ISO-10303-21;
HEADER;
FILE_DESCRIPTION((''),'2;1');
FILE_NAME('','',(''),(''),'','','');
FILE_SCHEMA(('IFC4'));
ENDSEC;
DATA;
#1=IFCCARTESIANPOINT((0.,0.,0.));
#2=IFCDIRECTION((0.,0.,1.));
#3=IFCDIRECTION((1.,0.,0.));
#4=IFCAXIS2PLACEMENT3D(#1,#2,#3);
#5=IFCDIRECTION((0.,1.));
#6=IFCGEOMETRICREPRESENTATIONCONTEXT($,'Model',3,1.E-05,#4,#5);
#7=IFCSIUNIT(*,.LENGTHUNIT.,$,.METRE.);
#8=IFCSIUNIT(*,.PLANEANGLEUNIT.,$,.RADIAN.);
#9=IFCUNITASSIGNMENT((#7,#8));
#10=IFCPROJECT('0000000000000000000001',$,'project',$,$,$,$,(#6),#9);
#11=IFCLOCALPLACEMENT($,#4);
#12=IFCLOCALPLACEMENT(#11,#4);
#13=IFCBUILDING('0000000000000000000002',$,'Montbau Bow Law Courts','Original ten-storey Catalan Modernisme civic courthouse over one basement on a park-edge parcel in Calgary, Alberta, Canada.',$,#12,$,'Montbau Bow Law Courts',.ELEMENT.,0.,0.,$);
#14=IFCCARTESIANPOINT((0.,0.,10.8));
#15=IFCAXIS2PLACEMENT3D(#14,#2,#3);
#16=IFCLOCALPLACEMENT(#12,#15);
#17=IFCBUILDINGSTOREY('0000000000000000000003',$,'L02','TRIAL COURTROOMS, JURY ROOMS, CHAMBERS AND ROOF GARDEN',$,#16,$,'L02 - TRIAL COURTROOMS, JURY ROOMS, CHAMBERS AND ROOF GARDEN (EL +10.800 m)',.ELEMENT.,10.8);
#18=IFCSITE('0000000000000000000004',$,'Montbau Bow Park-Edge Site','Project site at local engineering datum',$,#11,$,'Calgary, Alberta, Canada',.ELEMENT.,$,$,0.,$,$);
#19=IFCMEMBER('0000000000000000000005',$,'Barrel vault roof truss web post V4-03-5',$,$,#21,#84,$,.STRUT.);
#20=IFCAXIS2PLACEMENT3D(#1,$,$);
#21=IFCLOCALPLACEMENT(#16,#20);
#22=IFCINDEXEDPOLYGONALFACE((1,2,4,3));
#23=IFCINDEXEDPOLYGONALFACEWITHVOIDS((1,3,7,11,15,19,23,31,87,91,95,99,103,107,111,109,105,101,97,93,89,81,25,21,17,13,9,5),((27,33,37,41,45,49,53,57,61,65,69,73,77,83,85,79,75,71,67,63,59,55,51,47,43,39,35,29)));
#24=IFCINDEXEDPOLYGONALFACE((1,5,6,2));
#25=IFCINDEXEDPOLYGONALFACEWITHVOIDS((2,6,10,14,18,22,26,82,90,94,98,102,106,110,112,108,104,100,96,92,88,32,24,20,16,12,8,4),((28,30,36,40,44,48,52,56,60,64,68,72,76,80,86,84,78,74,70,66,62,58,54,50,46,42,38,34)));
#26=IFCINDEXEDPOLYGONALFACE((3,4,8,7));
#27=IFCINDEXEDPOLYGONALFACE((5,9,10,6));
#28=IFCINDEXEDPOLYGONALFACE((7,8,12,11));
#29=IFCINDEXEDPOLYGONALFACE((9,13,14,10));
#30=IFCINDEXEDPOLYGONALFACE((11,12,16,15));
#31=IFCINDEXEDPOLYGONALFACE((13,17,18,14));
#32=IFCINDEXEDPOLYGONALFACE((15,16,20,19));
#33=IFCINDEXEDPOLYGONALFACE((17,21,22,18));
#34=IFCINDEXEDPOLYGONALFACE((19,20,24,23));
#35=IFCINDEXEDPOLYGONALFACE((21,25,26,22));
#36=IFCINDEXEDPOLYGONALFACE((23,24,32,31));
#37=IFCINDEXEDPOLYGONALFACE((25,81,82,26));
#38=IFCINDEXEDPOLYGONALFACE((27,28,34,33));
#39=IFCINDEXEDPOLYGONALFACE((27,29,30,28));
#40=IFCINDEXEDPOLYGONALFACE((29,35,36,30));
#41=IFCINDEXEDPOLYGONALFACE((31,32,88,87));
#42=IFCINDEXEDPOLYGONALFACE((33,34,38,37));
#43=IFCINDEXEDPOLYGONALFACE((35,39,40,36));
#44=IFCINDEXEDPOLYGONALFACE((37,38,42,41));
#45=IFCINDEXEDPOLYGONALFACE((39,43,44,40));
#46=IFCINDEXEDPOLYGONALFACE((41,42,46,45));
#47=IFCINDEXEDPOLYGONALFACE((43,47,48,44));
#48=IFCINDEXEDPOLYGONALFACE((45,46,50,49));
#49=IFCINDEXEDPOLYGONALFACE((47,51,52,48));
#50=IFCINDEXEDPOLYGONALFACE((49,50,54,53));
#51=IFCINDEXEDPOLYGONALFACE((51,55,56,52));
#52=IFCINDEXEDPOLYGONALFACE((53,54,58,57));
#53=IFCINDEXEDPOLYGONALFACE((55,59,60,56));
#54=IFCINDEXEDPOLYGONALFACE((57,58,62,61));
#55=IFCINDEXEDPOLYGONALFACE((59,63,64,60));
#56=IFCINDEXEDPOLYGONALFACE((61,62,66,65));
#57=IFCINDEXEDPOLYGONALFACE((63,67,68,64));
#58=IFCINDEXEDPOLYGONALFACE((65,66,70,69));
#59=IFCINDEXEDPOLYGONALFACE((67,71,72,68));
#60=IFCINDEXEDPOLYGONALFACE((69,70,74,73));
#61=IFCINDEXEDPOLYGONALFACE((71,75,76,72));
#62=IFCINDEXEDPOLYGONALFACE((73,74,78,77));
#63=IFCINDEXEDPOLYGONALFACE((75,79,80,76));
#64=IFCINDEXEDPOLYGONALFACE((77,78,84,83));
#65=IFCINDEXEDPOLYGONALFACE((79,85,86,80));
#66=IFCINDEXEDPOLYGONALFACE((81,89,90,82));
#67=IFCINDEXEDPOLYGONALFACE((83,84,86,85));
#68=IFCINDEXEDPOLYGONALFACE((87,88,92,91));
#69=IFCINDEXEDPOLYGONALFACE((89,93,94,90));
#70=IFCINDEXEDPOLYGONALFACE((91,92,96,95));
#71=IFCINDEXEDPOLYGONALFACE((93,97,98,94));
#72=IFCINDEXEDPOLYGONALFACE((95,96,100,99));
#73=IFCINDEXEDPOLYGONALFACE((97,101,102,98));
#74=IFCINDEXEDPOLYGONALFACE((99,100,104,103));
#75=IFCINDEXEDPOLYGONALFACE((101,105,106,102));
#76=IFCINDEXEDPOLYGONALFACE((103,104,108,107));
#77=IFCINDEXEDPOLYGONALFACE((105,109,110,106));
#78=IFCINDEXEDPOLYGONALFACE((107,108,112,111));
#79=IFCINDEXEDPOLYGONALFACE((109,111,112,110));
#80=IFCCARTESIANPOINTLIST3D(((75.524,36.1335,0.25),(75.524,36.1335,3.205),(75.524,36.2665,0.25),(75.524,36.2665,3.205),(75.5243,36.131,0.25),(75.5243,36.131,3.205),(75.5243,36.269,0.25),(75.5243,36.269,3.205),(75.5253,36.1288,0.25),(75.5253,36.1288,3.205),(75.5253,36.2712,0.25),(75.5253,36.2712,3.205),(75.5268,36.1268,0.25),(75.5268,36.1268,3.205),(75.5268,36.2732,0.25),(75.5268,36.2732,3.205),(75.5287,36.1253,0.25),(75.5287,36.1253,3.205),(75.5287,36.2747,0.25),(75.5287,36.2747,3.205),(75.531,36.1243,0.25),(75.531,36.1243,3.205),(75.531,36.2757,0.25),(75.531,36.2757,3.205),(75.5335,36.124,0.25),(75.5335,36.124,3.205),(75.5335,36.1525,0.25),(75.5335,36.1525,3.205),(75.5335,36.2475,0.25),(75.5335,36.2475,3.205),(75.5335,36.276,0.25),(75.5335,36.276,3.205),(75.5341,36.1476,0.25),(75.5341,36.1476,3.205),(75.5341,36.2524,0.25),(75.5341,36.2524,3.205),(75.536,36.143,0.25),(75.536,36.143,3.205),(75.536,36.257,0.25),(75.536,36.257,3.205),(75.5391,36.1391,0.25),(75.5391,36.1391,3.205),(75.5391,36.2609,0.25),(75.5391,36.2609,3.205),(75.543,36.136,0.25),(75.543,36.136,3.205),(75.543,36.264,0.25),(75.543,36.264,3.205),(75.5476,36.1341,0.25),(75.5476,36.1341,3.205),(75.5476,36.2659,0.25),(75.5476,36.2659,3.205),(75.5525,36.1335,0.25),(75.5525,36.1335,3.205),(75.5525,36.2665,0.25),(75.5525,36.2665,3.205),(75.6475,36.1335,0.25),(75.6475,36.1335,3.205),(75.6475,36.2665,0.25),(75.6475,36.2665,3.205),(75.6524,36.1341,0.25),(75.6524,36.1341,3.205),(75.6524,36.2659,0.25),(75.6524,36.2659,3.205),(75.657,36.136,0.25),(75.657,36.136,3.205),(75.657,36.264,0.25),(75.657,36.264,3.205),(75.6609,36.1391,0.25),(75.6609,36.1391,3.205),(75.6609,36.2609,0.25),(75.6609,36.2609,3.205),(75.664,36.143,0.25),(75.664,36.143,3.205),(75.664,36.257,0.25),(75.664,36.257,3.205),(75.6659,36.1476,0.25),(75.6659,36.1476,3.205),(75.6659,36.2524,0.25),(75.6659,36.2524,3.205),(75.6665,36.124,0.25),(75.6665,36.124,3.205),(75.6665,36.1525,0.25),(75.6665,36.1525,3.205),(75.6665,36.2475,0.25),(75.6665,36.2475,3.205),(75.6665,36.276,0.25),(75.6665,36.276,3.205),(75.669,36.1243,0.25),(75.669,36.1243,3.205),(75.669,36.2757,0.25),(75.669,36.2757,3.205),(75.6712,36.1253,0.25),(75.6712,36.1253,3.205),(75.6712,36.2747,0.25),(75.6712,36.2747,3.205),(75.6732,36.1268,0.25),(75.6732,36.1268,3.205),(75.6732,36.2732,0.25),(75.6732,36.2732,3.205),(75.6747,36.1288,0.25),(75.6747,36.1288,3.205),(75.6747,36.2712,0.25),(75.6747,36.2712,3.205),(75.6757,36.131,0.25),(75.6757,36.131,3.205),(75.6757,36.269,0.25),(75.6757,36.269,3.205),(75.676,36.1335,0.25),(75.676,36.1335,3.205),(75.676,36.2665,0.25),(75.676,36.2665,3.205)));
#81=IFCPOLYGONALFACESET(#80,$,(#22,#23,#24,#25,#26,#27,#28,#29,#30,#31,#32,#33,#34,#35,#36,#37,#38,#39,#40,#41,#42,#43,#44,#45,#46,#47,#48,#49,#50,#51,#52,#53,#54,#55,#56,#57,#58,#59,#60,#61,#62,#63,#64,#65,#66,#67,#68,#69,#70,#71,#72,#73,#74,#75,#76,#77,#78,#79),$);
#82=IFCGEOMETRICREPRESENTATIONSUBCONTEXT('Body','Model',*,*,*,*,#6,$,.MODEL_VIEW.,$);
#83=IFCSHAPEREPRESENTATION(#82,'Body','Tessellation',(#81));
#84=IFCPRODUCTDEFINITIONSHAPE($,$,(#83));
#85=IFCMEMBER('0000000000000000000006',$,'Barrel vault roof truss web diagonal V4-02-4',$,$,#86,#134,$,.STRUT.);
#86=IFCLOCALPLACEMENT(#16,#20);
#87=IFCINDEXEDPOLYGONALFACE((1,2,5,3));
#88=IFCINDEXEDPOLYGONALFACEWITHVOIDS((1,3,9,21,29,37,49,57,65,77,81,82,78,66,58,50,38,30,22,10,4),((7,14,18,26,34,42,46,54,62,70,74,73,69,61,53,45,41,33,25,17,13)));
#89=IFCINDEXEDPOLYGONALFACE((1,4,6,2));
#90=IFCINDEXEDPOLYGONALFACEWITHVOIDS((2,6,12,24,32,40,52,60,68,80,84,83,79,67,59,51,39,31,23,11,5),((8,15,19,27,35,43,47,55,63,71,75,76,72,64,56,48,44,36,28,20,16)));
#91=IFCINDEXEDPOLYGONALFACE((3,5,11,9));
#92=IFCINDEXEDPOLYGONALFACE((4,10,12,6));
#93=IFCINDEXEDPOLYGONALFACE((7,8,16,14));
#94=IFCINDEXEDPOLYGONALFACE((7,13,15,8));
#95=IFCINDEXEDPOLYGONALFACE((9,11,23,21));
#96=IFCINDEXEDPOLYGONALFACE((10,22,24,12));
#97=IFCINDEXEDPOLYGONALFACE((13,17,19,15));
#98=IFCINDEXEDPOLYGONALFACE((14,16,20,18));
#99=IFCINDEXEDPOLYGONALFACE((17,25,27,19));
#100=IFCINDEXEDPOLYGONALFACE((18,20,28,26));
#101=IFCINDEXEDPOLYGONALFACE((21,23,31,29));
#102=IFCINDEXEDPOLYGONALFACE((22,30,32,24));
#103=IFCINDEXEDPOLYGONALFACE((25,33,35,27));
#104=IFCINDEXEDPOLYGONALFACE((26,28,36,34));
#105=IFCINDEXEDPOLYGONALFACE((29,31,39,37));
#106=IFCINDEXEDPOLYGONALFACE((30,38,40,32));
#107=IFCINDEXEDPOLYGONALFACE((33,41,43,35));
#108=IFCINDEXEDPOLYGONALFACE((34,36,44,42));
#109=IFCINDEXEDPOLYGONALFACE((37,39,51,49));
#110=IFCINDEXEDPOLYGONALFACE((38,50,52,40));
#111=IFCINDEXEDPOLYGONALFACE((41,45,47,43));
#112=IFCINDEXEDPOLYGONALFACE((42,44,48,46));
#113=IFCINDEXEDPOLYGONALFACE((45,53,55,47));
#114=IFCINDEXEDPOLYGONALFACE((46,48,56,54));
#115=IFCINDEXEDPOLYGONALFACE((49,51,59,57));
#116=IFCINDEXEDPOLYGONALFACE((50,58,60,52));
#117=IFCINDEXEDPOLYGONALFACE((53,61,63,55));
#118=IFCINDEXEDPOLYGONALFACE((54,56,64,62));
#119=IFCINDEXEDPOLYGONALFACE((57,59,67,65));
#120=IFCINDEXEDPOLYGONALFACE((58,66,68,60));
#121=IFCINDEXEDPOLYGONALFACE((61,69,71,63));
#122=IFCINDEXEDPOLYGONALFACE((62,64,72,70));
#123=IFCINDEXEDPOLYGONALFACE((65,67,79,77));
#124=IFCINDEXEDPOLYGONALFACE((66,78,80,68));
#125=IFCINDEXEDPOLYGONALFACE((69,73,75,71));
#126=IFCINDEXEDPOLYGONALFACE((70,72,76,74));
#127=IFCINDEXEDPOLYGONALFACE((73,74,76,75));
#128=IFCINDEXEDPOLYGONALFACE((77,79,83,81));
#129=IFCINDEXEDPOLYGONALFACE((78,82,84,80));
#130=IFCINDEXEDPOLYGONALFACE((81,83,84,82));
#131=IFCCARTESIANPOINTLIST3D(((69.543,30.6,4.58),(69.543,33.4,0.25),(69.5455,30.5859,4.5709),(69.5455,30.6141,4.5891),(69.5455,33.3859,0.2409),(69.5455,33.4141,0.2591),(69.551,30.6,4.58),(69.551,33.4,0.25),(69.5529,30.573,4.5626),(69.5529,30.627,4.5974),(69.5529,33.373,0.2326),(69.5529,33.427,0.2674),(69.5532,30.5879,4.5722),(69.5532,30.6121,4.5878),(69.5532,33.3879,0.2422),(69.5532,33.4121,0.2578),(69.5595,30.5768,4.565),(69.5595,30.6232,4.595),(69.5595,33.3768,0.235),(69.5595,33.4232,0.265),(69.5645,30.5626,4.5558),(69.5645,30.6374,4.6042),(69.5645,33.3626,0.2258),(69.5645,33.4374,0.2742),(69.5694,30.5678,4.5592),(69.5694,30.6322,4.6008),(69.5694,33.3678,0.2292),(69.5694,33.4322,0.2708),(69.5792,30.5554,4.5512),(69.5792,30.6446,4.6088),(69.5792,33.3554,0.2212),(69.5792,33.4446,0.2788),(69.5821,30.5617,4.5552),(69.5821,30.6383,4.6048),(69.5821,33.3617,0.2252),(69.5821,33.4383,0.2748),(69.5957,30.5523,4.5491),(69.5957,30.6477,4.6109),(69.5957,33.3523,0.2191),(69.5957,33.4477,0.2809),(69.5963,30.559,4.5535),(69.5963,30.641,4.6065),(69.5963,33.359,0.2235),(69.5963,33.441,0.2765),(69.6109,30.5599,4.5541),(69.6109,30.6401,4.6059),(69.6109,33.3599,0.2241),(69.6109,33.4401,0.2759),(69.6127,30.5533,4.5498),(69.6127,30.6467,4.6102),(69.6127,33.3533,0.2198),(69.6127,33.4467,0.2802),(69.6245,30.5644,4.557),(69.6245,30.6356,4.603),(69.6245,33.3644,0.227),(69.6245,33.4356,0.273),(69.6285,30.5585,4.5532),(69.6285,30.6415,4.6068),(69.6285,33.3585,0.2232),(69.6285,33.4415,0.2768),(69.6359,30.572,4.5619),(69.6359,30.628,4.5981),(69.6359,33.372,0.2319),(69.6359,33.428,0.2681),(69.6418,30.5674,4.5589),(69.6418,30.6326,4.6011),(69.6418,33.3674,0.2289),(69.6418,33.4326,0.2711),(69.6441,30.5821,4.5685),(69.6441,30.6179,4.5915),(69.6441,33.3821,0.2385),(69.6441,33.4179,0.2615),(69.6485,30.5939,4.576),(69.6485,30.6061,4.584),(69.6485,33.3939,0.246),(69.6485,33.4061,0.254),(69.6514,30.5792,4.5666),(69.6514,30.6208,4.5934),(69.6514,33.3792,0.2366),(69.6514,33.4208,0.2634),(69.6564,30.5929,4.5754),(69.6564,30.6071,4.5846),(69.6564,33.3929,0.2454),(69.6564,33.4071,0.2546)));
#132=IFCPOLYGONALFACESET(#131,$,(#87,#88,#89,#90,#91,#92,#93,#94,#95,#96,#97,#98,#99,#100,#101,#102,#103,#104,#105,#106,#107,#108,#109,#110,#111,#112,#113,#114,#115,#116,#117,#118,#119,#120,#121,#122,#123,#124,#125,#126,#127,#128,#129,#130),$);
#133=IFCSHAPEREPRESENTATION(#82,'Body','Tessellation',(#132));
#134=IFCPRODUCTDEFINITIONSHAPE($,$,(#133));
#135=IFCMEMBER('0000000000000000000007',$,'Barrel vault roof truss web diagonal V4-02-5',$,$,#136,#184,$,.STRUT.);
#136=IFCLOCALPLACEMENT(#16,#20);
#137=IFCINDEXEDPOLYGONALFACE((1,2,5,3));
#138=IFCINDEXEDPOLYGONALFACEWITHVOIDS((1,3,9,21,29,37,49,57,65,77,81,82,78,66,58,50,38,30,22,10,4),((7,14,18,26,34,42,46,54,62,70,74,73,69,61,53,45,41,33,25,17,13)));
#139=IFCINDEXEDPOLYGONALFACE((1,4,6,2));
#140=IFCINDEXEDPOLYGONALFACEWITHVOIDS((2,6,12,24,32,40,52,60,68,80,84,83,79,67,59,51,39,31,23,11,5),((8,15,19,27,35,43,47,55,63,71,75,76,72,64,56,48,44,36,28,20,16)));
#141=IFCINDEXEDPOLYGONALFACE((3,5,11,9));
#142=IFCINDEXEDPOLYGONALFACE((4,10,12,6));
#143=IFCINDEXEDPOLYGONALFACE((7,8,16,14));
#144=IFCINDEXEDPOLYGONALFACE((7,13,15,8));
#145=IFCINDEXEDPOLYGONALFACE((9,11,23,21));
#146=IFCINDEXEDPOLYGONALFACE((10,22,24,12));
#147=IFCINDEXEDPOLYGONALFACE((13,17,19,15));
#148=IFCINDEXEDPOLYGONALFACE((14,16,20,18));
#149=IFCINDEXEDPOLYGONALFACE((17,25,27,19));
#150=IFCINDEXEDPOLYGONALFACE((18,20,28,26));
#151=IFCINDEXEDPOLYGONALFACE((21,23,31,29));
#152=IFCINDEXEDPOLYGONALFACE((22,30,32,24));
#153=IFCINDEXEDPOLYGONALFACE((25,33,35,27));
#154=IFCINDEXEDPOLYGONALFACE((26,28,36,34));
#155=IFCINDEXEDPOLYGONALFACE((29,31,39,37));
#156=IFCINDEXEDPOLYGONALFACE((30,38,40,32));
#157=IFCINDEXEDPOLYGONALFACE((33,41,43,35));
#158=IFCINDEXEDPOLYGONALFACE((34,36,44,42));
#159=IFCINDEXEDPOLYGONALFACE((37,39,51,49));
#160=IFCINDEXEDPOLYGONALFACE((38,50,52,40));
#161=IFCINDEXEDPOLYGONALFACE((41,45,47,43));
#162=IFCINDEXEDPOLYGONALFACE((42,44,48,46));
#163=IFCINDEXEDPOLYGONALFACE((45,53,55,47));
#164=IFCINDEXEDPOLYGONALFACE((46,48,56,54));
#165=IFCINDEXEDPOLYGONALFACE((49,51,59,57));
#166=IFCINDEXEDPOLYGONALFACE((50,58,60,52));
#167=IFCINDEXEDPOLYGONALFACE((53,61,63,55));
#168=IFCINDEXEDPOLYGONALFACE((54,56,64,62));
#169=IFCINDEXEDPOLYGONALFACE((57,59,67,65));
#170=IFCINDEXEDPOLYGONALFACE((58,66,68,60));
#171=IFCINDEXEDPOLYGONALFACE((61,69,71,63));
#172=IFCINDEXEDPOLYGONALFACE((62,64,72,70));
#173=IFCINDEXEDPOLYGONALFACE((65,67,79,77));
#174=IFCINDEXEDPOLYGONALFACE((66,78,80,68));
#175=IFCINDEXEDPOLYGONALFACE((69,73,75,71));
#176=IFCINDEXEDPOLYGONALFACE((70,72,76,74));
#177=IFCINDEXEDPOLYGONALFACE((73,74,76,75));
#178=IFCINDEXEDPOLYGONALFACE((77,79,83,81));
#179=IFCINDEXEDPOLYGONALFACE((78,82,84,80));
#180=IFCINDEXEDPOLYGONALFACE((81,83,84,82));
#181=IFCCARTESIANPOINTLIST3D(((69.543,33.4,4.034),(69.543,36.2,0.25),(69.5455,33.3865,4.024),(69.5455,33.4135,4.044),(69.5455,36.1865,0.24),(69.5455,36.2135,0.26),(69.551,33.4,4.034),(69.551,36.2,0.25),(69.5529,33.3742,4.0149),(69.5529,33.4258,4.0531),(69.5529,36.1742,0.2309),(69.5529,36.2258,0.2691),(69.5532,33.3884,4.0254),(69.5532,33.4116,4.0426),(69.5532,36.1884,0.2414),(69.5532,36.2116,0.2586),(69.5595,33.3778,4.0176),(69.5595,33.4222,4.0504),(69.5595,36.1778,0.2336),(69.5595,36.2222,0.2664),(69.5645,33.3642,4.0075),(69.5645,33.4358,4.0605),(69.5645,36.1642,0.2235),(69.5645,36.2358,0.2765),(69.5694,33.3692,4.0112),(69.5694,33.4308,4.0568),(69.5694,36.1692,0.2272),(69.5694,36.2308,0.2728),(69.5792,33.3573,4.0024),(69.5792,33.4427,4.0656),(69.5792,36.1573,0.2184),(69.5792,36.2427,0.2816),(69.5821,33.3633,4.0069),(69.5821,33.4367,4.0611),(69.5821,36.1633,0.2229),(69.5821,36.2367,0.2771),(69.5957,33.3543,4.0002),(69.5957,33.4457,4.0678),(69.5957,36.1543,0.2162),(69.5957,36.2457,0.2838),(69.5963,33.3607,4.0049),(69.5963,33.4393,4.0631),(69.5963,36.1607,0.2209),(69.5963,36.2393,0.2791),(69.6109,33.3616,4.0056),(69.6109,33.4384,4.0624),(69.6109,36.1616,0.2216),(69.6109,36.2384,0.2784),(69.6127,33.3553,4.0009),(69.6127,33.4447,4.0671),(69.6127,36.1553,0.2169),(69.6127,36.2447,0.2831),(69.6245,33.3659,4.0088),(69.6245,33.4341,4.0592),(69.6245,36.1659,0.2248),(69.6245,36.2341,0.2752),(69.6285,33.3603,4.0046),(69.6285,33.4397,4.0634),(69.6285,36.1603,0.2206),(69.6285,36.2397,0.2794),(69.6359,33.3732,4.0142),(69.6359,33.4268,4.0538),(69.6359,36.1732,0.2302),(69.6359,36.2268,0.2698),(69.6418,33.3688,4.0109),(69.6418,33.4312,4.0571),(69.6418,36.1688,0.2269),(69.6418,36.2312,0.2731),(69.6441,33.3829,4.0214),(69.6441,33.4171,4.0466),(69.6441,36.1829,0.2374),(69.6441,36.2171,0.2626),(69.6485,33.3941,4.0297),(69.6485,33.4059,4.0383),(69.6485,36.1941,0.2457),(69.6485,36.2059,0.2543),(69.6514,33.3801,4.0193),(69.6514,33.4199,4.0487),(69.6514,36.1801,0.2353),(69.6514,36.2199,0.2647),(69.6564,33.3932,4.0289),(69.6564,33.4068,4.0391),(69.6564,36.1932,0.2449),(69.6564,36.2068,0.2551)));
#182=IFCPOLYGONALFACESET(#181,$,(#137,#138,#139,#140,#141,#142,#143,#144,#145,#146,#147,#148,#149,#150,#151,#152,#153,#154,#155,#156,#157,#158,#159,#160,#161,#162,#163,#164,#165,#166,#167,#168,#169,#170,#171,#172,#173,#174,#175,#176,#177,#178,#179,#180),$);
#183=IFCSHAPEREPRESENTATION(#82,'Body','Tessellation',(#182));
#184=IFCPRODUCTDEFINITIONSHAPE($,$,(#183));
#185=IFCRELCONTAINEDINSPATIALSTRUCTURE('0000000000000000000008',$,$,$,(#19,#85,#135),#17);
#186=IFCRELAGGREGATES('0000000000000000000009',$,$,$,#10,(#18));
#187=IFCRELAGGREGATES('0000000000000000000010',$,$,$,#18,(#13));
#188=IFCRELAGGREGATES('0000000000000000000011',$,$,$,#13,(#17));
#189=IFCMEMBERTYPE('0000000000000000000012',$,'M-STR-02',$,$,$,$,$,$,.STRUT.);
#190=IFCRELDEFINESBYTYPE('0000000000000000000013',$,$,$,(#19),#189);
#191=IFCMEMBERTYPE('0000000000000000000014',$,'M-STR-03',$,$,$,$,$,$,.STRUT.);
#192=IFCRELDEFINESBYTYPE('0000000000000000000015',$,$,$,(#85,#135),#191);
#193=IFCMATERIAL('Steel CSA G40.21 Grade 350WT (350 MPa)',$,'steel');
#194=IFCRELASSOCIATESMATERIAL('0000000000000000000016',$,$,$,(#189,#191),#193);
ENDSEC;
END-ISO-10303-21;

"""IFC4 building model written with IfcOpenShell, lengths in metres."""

from ifc_helpers import new_model, si_unit, direction, frame, origin_with_axes, origin_2d_with_axis, place, context, subcontext, project, spatial, hollow_rectangle, hollow_circle, extrude, material, material_profile, profile_set, type_object, element, save


model = new_model("IFC4")

# Units and contexts
model_context = context("Model", 3, precision=1e-05, world=origin_with_axes(), true_north=direction((0.0, 1.0)))
body_context = subcontext(model_context, "Body", "Model", "MODEL_VIEW")
ifc_project = project(units=[si_unit("LENGTHUNIT", "METRE"), si_unit("PLANEANGLEUNIT", "RADIAN")], contexts=[model_context])

# Site, building, storey
site_placement = place(None, origin_with_axes())
site = spatial("IfcSite", under=ifc_project, at=site_placement, Name="Montbau Bow Park-Edge Site", Description="Project site at local engineering datum", LongName="Calgary, Alberta, Canada", CompositionType="ELEMENT", RefElevation=0.0)
building_placement = place(site_placement, origin_with_axes())
building = spatial("IfcBuilding", under=site, at=building_placement, Name="Montbau Bow Law Courts", Description="Original ten-storey Catalan Modernisme civic courthouse over one basement on a park-edge parcel in Calgary, Alberta, Canada.", LongName="Montbau Bow Law Courts", CompositionType="ELEMENT", ElevationOfRefHeight=0.0, ElevationOfTerrain=0.0)
storey_placement = place(building_placement, frame((0.0, 0.0, 10.8), z_axis=(0.0, 0.0, 1.0), x_axis=(1.0, 0.0, 0.0)))
storey = spatial("IfcBuildingStorey", under=building, at=storey_placement, Name="L02", Description="TRIAL COURTROOMS, JURY ROOMS, CHAMBERS AND ROOF GARDEN", LongName="L02 - TRIAL COURTROOMS, JURY ROOMS, CHAMBERS AND ROOF GARDEN (EL +10.800 m)", CompositionType="ELEMENT", Elevation=10.8)

# Shared definitions
ifc_material_1 = material(Name="Steel CSA G40.21 Grade 350WT (350 MPa)", Category="steel")

# Members
ifc_material_profile_1 = material_profile(ifc_material_1, hollow_rectangle(XDim=0.152, YDim=0.152, WallThickness=0.0095, InnerFilletRadius=0.019, OuterFilletRadius=0.0095, at=origin_2d_with_axis()), Name="HSS152X152X9.5", Category="Main", Priority=0)
ifc_profile_set_1 = profile_set([ifc_material_profile_1], Name="Steel CSA G40.21 Grade 350WT (350 MPa)")
member_type_1 = type_object("IfcMemberType", Name="M-STR-02", PredefinedType="STRUT", material=ifc_profile_set_1)
member_1_placement = place(None, frame((75.6, 36.2, 11.05), z_axis=(0.0, 0.0, 1.0), x_axis=(1.0, 0.0, 0.0)))
element("IfcMember", 1, at=member_1_placement, inside=storey, type_object=member_type_1, Name="Barrel vault roof truss web post V4-03-5", PredefinedType="STRUT", context=body_context, shape_type="SweptSolid", body=[
    extrude(hollow_rectangle(XDim=0.152, YDim=0.152, WallThickness=0.0095, InnerFilletRadius=0.019, OuterFilletRadius=0.0095, at=origin_2d_with_axis()), origin_with_axes(), (0.0, 0.0, 1.0), 2.955),
])
ifc_material_profile_2 = material_profile(ifc_material_1, hollow_circle(Radius=0.057, WallThickness=0.008, at=origin_2d_with_axis()), Name="HSS114X8.0", Category="Main", Priority=0)
ifc_profile_set_2 = profile_set([ifc_material_profile_2], Name="Steel CSA G40.21 Grade 350WT (350 MPa)")
member_type_2 = type_object("IfcMemberType", Name="M-STR-03", PredefinedType="STRUT", material=ifc_profile_set_2)
member_2_placement = place(None, frame((69.6, 30.6, 15.38), z_axis=(0.0, 0.54301, -0.839726), x_axis=(-1.0, 0.0, 0.0)))
element("IfcMember", 2, at=member_2_placement, inside=storey, type_object=member_type_2, Name="Barrel vault roof truss web diagonal V4-02-4", PredefinedType="STRUT", context=body_context, shape_type="SweptSolid", body=[
    extrude(hollow_circle(Radius=0.057, WallThickness=0.008, at=origin_2d_with_axis()), origin_with_axes(), (0.0, 0.0, 1.0), 5.1564),
])
member_3_placement = place(None, frame((69.6, 33.4, 14.834), z_axis=(0.0, 0.594821, -0.803858), x_axis=(-1.0, 0.0, 0.0)))
element("IfcMember", 3, at=member_3_placement, inside=storey, type_object=member_type_2, Name="Barrel vault roof truss web diagonal V4-02-5", PredefinedType="STRUT", context=body_context, shape_type="SweptSolid", body=[
    extrude(hollow_circle(Radius=0.057, WallThickness=0.008, at=origin_2d_with_axis()), origin_with_axes(), (0.0, 0.0, 1.0), 4.7073),
])

save(model, "model.ifc")
